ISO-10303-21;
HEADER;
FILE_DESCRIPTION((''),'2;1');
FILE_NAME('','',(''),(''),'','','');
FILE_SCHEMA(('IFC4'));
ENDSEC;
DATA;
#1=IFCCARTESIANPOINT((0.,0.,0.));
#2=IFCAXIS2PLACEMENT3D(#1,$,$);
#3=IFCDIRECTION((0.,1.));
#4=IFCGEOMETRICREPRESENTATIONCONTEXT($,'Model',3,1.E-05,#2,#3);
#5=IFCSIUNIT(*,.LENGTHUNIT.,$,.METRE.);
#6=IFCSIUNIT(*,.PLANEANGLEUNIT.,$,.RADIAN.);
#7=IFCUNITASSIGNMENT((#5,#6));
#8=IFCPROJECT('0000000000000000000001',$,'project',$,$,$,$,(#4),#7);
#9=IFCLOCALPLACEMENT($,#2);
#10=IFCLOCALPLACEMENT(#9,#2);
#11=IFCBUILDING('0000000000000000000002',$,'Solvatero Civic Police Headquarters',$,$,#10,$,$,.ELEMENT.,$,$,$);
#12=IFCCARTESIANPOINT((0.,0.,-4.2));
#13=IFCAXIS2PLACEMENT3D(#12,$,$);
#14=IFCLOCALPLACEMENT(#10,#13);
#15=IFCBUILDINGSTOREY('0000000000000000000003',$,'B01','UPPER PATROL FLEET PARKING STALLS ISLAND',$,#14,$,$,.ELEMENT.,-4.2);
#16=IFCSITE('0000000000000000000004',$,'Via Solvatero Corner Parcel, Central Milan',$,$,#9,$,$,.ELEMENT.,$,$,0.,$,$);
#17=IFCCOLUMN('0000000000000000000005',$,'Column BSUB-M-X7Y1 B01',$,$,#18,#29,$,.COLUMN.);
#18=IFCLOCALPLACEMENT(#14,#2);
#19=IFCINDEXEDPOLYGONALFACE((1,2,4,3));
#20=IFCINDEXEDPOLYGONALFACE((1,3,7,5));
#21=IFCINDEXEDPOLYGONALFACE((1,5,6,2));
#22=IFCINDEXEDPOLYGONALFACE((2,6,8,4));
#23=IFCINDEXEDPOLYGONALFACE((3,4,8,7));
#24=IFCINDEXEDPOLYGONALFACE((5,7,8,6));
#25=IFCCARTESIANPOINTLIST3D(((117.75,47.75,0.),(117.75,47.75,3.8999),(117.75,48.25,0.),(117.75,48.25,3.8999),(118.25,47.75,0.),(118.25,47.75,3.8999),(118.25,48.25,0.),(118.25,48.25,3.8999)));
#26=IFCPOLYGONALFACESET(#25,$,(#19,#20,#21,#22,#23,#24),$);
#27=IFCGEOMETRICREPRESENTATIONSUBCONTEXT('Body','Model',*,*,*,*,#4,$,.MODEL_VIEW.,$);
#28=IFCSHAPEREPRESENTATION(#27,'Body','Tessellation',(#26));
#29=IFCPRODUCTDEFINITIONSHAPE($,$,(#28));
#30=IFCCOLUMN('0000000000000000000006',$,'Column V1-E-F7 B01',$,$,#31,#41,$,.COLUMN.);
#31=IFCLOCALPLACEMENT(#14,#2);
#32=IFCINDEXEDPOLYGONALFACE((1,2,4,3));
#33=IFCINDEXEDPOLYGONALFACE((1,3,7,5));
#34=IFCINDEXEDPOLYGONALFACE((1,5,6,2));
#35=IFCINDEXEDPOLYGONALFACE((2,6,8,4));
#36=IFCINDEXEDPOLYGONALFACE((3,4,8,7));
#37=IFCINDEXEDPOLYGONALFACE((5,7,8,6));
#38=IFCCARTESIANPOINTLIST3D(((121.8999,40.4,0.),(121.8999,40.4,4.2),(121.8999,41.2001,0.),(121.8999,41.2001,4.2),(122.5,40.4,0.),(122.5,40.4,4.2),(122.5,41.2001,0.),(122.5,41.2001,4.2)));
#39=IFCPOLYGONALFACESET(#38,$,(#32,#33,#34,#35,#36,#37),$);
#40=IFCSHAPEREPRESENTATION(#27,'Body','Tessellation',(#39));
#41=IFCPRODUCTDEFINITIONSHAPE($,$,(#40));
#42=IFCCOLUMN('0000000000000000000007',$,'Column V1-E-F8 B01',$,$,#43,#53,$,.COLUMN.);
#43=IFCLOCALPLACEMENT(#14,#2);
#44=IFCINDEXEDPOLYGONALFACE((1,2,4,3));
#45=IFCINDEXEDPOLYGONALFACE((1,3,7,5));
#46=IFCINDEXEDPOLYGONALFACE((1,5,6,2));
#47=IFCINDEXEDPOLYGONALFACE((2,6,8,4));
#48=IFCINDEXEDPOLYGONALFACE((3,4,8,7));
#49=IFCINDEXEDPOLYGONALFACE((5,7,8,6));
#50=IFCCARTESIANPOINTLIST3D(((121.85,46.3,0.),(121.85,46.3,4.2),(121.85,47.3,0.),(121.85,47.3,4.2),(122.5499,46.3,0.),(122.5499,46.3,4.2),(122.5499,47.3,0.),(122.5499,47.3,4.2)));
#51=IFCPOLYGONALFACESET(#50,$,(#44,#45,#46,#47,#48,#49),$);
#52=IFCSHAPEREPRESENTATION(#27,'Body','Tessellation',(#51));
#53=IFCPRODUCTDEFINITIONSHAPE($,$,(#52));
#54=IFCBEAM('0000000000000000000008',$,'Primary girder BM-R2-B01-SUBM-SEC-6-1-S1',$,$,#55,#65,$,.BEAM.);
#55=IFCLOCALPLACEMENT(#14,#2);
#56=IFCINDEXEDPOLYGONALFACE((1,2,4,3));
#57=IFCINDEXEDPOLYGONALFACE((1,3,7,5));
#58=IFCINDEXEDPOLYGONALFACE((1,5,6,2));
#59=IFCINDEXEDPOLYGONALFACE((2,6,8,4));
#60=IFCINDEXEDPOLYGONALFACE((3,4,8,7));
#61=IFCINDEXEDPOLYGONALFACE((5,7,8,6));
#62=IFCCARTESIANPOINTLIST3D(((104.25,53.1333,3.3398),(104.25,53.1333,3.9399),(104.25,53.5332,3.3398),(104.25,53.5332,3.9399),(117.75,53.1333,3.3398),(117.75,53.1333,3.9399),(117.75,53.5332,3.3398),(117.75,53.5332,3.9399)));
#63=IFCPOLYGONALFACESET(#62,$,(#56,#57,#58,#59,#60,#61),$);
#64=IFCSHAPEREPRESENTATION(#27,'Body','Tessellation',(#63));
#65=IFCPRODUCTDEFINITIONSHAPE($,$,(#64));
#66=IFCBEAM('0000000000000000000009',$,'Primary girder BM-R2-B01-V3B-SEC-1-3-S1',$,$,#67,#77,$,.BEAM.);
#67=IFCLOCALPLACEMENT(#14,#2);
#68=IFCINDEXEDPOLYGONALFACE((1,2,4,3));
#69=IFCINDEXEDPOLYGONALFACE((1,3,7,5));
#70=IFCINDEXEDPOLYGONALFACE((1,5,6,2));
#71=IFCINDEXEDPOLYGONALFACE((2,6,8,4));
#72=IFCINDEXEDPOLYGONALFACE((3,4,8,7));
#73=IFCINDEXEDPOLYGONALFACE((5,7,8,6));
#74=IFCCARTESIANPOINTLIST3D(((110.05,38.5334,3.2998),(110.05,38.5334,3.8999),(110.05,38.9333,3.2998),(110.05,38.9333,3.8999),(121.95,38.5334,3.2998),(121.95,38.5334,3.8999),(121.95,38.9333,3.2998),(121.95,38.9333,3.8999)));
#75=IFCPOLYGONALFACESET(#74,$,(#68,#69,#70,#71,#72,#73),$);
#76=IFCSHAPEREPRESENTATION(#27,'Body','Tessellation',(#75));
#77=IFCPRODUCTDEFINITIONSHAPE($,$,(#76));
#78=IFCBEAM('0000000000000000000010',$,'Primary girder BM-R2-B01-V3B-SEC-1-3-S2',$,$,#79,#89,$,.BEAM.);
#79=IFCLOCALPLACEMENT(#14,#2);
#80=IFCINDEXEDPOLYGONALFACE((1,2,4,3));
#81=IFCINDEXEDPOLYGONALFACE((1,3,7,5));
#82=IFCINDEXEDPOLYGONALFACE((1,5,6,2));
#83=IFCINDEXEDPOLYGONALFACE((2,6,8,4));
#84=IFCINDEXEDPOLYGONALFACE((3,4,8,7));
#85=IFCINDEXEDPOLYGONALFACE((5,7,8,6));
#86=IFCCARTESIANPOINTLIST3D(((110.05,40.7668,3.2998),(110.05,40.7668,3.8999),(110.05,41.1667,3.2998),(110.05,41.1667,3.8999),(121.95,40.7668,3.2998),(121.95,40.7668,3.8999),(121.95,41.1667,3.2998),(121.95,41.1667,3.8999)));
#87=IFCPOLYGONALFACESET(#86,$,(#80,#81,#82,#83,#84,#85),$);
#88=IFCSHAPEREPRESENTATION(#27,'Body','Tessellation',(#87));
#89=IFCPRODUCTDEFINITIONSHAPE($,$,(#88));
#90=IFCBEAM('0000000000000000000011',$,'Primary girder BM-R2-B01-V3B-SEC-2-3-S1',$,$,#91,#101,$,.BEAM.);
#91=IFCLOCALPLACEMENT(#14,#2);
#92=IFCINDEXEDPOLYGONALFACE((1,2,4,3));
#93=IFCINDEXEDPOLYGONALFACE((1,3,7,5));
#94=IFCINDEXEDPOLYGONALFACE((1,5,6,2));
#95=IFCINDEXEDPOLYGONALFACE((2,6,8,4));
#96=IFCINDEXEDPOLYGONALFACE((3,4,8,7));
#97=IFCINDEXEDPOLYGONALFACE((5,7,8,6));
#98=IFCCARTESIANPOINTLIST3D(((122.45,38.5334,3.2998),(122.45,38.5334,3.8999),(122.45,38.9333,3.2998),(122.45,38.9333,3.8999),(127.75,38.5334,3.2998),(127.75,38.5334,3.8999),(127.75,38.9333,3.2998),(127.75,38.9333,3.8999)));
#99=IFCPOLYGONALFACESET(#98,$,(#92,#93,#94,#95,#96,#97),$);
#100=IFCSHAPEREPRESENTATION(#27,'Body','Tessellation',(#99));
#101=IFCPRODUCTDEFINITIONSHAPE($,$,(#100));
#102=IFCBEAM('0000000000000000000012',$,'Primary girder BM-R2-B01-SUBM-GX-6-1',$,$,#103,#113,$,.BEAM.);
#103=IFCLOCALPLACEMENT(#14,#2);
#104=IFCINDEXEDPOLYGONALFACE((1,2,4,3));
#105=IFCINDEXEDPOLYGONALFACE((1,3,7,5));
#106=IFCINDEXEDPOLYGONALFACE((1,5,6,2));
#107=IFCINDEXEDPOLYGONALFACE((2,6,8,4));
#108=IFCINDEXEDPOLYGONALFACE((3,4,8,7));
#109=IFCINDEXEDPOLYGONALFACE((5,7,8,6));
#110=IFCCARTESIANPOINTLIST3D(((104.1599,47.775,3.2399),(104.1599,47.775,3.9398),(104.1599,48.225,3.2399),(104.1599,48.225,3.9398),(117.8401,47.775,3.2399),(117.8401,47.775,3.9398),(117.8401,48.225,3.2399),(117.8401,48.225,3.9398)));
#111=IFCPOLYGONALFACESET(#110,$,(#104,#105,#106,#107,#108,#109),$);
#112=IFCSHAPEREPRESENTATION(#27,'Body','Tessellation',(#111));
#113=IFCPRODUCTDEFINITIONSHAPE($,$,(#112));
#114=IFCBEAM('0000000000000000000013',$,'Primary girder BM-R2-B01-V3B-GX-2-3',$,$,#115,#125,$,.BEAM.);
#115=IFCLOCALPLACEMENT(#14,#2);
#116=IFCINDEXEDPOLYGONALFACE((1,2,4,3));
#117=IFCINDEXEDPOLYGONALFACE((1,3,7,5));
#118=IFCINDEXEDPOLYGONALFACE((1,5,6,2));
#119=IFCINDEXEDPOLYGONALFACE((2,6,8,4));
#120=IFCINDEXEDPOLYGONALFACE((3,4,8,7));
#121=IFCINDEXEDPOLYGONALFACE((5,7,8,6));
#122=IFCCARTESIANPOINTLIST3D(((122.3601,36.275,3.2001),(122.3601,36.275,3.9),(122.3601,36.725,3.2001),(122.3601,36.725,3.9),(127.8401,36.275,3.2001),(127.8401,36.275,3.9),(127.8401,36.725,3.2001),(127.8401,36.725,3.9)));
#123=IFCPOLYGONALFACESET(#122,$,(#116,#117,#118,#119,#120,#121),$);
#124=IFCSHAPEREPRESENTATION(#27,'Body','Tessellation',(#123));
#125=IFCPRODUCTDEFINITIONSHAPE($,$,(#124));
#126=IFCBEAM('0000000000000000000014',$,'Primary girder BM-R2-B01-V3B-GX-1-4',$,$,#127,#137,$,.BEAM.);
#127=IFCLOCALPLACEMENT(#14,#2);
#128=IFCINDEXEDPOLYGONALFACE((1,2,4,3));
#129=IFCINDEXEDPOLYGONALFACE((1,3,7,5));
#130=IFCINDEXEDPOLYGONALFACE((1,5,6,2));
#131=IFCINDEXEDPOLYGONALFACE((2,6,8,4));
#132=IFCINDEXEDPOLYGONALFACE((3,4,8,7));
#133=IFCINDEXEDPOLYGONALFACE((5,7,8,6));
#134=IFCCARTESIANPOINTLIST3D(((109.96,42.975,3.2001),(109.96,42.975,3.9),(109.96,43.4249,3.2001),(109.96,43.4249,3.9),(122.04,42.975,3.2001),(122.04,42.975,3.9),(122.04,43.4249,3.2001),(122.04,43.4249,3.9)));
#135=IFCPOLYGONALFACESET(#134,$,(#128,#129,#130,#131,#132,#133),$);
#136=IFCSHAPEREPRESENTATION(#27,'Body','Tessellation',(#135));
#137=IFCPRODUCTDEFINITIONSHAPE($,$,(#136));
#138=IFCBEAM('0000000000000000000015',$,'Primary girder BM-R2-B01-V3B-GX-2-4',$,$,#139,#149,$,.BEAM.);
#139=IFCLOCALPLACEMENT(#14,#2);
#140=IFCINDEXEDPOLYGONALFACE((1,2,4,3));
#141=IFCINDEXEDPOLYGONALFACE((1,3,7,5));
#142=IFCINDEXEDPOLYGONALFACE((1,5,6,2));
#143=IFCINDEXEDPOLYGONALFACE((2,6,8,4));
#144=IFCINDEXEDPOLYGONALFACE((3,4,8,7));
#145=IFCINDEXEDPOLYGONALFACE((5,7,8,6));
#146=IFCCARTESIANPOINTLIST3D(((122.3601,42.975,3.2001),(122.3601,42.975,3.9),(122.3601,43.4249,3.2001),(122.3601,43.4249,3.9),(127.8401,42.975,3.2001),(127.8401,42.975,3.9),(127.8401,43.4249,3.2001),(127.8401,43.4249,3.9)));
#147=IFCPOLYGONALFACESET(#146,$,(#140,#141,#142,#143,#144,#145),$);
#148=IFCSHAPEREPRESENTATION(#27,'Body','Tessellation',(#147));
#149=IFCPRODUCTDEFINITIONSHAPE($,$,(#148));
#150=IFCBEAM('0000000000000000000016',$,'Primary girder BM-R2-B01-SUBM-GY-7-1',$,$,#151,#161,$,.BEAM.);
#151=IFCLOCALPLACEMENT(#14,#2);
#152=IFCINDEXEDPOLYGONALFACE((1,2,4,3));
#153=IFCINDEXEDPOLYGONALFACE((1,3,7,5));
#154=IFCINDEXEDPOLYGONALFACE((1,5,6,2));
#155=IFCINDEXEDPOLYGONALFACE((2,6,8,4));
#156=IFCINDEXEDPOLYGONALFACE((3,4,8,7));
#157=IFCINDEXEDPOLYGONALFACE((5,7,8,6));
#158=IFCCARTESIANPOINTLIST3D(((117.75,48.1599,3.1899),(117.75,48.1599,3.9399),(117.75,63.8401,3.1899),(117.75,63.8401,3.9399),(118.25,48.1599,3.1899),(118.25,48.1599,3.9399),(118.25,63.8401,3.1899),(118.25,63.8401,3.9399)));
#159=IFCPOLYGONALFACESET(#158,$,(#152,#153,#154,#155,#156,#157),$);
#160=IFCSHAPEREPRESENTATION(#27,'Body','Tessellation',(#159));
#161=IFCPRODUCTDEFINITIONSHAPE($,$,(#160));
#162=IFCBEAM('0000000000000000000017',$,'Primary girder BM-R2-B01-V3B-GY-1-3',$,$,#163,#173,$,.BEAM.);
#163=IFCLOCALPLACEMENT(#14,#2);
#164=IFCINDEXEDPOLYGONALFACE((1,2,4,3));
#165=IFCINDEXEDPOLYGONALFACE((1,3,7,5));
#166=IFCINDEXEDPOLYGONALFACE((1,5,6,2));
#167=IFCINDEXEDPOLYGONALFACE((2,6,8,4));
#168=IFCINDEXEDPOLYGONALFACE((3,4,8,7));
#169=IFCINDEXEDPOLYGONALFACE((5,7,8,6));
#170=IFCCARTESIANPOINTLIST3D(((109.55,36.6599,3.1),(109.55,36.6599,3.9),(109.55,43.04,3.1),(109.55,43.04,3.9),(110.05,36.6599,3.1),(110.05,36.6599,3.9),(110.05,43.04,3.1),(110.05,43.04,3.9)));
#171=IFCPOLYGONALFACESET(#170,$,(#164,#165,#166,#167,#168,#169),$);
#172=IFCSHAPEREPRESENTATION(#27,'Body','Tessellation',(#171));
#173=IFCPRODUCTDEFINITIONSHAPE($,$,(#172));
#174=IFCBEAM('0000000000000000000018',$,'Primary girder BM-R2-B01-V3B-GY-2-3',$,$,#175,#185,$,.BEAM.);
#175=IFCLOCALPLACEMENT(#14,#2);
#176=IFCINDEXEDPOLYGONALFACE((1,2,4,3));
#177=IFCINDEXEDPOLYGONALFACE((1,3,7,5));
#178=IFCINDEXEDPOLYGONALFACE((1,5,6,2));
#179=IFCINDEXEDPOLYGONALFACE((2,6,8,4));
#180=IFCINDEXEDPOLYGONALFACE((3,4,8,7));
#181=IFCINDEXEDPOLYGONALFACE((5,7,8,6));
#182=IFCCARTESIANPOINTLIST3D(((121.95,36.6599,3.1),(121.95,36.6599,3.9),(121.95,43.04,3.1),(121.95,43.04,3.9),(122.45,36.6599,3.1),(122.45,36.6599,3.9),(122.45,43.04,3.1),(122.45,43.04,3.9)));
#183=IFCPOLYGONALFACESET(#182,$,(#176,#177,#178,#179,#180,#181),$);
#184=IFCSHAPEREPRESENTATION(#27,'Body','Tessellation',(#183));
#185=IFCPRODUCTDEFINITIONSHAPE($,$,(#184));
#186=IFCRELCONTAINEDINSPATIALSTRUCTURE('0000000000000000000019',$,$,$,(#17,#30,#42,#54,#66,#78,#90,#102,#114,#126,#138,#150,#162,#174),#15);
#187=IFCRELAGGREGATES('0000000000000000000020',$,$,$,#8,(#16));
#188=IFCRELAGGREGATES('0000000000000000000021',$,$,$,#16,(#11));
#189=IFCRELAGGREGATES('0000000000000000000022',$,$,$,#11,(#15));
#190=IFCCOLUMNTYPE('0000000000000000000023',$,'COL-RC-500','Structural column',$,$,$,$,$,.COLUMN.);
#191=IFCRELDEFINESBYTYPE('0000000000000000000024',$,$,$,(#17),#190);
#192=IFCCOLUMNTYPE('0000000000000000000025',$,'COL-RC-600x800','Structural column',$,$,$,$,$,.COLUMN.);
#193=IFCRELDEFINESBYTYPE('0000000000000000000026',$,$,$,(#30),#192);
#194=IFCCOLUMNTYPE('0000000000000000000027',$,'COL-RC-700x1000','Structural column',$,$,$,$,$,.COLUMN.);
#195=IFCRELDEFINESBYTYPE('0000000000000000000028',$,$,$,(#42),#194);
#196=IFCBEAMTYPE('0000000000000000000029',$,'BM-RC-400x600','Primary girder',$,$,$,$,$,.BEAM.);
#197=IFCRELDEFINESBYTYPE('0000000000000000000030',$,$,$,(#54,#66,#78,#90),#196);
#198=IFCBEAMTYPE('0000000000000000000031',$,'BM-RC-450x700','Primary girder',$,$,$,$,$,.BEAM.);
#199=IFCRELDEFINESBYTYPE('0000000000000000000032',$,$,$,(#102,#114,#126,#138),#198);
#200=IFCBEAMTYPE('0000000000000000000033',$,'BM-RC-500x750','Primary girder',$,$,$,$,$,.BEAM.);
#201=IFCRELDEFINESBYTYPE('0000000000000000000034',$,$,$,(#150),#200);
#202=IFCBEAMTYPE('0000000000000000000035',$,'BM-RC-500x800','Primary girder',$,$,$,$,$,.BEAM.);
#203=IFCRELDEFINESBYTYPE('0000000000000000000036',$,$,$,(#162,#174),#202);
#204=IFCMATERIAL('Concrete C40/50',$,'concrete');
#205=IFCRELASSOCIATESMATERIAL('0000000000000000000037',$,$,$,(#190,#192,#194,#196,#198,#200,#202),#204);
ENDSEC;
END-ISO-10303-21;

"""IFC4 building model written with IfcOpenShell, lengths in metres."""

from ifc_helpers import new_model, si_unit, direction, frame, origin, origin_2d, place, context, subcontext, project, spatial, rectangle, extrude, material, material_profile, profile_set, type_object, element, save


model = new_model("IFC4")

# Units and contexts
model_context = context("Model", 3, precision=1e-05, world=origin(), true_north=direction((0.0, 1.0)))
body_context = subcontext(model_context, "Body", "Model", "MODEL_VIEW")
ifc_project = project(units=[si_unit("LENGTHUNIT", "METRE"), si_unit("PLANEANGLEUNIT", "RADIAN")], contexts=[model_context])

# Site, building, storey
site_placement = place(None, origin())
site = spatial("IfcSite", under=ifc_project, at=site_placement, Name="Via Solvatero Corner Parcel, Central Milan", CompositionType="ELEMENT", RefElevation=0.0)
building_placement = place(site_placement, origin())
building = spatial("IfcBuilding", under=site, at=building_placement, Name="Solvatero Civic Police Headquarters", CompositionType="ELEMENT")
storey_placement = place(building_placement, frame((0.0, 0.0, -4.2)))
storey = spatial("IfcBuildingStorey", under=building, at=storey_placement, Name="B01", Description="UPPER PATROL FLEET PARKING STALLS ISLAND", CompositionType="ELEMENT", Elevation=-4.2)

# Columns
ifc_material_1 = material(Name="Concrete C40/50", Category="concrete")
ifc_material_profile_1 = material_profile(ifc_material_1, rectangle(XDim=0.5, YDim=0.5, at=origin_2d()), Name="RC 500x500")
ifc_profile_set_1 = profile_set([ifc_material_profile_1], Name="Concrete C40/50")
column_type_1 = type_object("IfcColumnType", Name="COL-RC-500", Description="Structural column", PredefinedType="COLUMN", material=ifc_profile_set_1)
column_1_placement = place(storey_placement, frame((118.0, 48.0, 0.0), z_axis=(0.0, 0.0, 1.0), x_axis=(1.0, 0.0, 0.0)))
element("IfcColumn", 1, at=column_1_placement, inside=storey, type_object=column_type_1, Name="Column BSUB-M-X7Y1 B01", PredefinedType="COLUMN", context=body_context, shape_type="SweptSolid", body=[
    extrude(rectangle(XDim=0.5, YDim=0.5, at=origin_2d()), origin(), (0.0, 0.0, 1.0), 3.8999),
])
ifc_material_profile_2 = material_profile(ifc_material_1, rectangle(XDim=0.6001, YDim=0.8, at=origin_2d()), Name="RC 600x800")
ifc_profile_set_2 = profile_set([ifc_material_profile_2], Name="Concrete C40/50")
column_type_2 = type_object("IfcColumnType", Name="COL-RC-600x800", Description="Structural column", PredefinedType="COLUMN", material=ifc_profile_set_2)
column_2_placement = place(storey_placement, frame((122.2, 40.8, 0.0), z_axis=(0.0, 0.0, 1.0), x_axis=(1.0, 0.0, 0.0)))
element("IfcColumn", 2, at=column_2_placement, inside=storey, type_object=column_type_2, Name="Column V1-E-F7 B01", PredefinedType="COLUMN", context=body_context, shape_type="SweptSolid", body=[
    extrude(rectangle(XDim=0.6001, YDim=0.8, at=origin_2d()), origin(), (0.0, 0.0, 1.0), 4.2),
])
ifc_material_profile_3 = material_profile(ifc_material_1, rectangle(XDim=0.7, YDim=1.0, at=origin_2d()), Name="RC 700x1000")
ifc_profile_set_3 = profile_set([ifc_material_profile_3], Name="Concrete C40/50")
column_type_3 = type_object("IfcColumnType", Name="COL-RC-700x1000", Description="Structural column", PredefinedType="COLUMN", material=ifc_profile_set_3)
column_3_placement = place(storey_placement, frame((122.2, 46.8, 0.0), z_axis=(0.0, 0.0, 1.0), x_axis=(1.0, 0.0, 0.0)))
element("IfcColumn", 3, at=column_3_placement, inside=storey, type_object=column_type_3, Name="Column V1-E-F8 B01", PredefinedType="COLUMN", context=body_context, shape_type="SweptSolid", body=[
    extrude(rectangle(XDim=0.7, YDim=1.0, at=origin_2d()), origin(), (0.0, 0.0, 1.0), 4.2),
])

# Beams
ifc_material_profile_4 = material_profile(ifc_material_1, rectangle(XDim=0.3999, YDim=0.6001, at=origin_2d()), Name="RC 400x600")
ifc_profile_set_4 = profile_set([ifc_material_profile_4], Name="Concrete C40/50")
beam_type_1 = type_object("IfcBeamType", Name="BM-RC-400x600", Description="Primary girder", PredefinedType="BEAM", material=ifc_profile_set_4)
beam_1_placement = place(storey_placement, frame((104.25, 53.3333, 3.6399), z_axis=(1.0, 0.0, 0.0), x_axis=(0.0, 1.0, 0.0)))
element("IfcBeam", 4, at=beam_1_placement, inside=storey, type_object=beam_type_1, Name="Primary girder BM-R2-B01-SUBM-SEC-6-1-S1", PredefinedType="BEAM", context=body_context, shape_type="SweptSolid", body=[
    extrude(rectangle(XDim=0.3999, YDim=0.6001, at=origin_2d()), origin(), (0.0, 0.0, 1.0), 13.5),
])
for number, where, z_axis, x_axis, name in (
    (5, (110.05, 38.7334, 3.5999), (1.0, 0.0, 0.0), (0.0, 1.0, 0.0), "Primary girder BM-R2-B01-V3B-SEC-1-3-S1"),
    (6, (110.05, 40.9668, 3.5999), (1.0, 0.0, 0.0), (0.0, 1.0, 0.0), "Primary girder BM-R2-B01-V3B-SEC-1-3-S2"),
):
    element("IfcBeam", number, at=place(storey_placement, frame(where, z_axis=z_axis, x_axis=x_axis)), inside=storey, type_object=beam_type_1, Name=name, PredefinedType="BEAM", context=body_context, shape_type="SweptSolid", body=[
        extrude(rectangle(XDim=0.3999, YDim=0.6001, at=origin_2d()), origin(), (0.0, 0.0, 1.0), 11.8999),
    ])
beam_2_placement = place(storey_placement, frame((122.45, 38.7334, 3.5999), z_axis=(1.0, 0.0, 0.0), x_axis=(0.0, 1.0, 0.0)))
element("IfcBeam", 7, at=beam_2_placement, inside=storey, type_object=beam_type_1, Name="Primary girder BM-R2-B01-V3B-SEC-2-3-S1", PredefinedType="BEAM", context=body_context, shape_type="SweptSolid", body=[
    extrude(rectangle(XDim=0.3999, YDim=0.6001, at=origin_2d()), origin(), (0.0, 0.0, 1.0), 5.3),
])
ifc_material_profile_5 = material_profile(ifc_material_1, rectangle(XDim=0.45, YDim=0.7, at=origin_2d()), Name="RC 450x700")
ifc_profile_set_5 = profile_set([ifc_material_profile_5], Name="Concrete C40/50")
beam_type_2 = type_object("IfcBeamType", Name="BM-RC-450x700", Description="Primary girder", PredefinedType="BEAM", material=ifc_profile_set_5)
beam_3_placement = place(storey_placement, frame((104.1599, 48.0, 3.5898), z_axis=(1.0, 0.0, 0.0), x_axis=(0.0, 1.0, 0.0)))
element("IfcBeam", 8, at=beam_3_placement, inside=storey, type_object=beam_type_2, Name="Primary girder BM-R2-B01-SUBM-GX-6-1", PredefinedType="BEAM", context=body_context, shape_type="SweptSolid", body=[
    extrude(rectangle(XDim=0.45, YDim=0.7, at=origin_2d()), origin(), (0.0, 0.0, 1.0), 13.6802),
])
beam_4_placement = place(storey_placement, frame((122.3601, 36.5, 3.55), z_axis=(1.0, 0.0, 0.0), x_axis=(0.0, 1.0, 0.0)))
element("IfcBeam", 9, at=beam_4_placement, inside=storey, type_object=beam_type_2, Name="Primary girder BM-R2-B01-V3B-GX-2-3", PredefinedType="BEAM", context=body_context, shape_type="SweptSolid", body=[
    extrude(rectangle(XDim=0.45, YDim=0.7, at=origin_2d()), origin(), (0.0, 0.0, 1.0), 5.48),
])
beam_5_placement = place(storey_placement, frame((109.96, 43.2, 3.55), z_axis=(1.0, 0.0, 0.0), x_axis=(0.0, 1.0, 0.0)))
element("IfcBeam", 10, at=beam_5_placement, inside=storey, type_object=beam_type_2, Name="Primary girder BM-R2-B01-V3B-GX-1-4", PredefinedType="BEAM", context=body_context, shape_type="SweptSolid", body=[
    extrude(rectangle(XDim=0.45, YDim=0.7, at=origin_2d()), origin(), (0.0, 0.0, 1.0), 12.0801),
])
beam_6_placement = place(storey_placement, frame((122.3601, 43.2, 3.55), z_axis=(1.0, 0.0, 0.0), x_axis=(0.0, 1.0, 0.0)))
element("IfcBeam", 11, at=beam_6_placement, inside=storey, type_object=beam_type_2, Name="Primary girder BM-R2-B01-V3B-GX-2-4", PredefinedType="BEAM", context=body_context, shape_type="SweptSolid", body=[
    extrude(rectangle(XDim=0.45, YDim=0.7, at=origin_2d()), origin(), (0.0, 0.0, 1.0), 5.48),
])
ifc_material_profile_6 = material_profile(ifc_material_1, rectangle(XDim=0.5, YDim=0.75, at=origin_2d()), Name="RC 500x750")
ifc_profile_set_6 = profile_set([ifc_material_profile_6], Name="Concrete C40/50")
beam_type_3 = type_object("IfcBeamType", Name="BM-RC-500x750", Description="Primary girder", PredefinedType="BEAM", material=ifc_profile_set_6)
beam_7_placement = place(storey_placement, frame((118.0, 48.1599, 3.5649), z_axis=(0.0, 1.0, 0.0), x_axis=(-1.0, 0.0, 0.0)))
element("IfcBeam", 12, at=beam_7_placement, inside=storey, type_object=beam_type_3, Name="Primary girder BM-R2-B01-SUBM-GY-7-1", PredefinedType="BEAM", context=body_context, shape_type="SweptSolid", body=[
    extrude(rectangle(XDim=0.5, YDim=0.75, at=origin_2d()), origin(), (0.0, 0.0, 1.0), 15.6802),
])
ifc_material_profile_7 = material_profile(ifc_material_1, rectangle(XDim=0.5, YDim=0.8, at=origin_2d()), Name="RC 500x800")
ifc_profile_set_7 = profile_set([ifc_material_profile_7], Name="Concrete C40/50")
beam_type_4 = type_object("IfcBeamType", Name="BM-RC-500x800", Description="Primary girder", PredefinedType="BEAM", material=ifc_profile_set_7)
for number, where, z_axis, x_axis, name in (
    (13, (109.8, 36.6599, 3.5), (0.0, 1.0, 0.0), (-1.0, 0.0, 0.0), "Primary girder BM-R2-B01-V3B-GY-1-3"),
    (14, (122.2, 36.6599, 3.5), (0.0, 1.0, 0.0), (-1.0, 0.0, 0.0), "Primary girder BM-R2-B01-V3B-GY-2-3"),
):
    element("IfcBeam", number, at=place(storey_placement, frame(where, z_axis=z_axis, x_axis=x_axis)), inside=storey, type_object=beam_type_4, Name=name, PredefinedType="BEAM", context=body_context, shape_type="SweptSolid", body=[
        extrude(rectangle(XDim=0.5, YDim=0.8, at=origin_2d()), origin(), (0.0, 0.0, 1.0), 6.3801),
    ])

save(model, "model.ifc")
